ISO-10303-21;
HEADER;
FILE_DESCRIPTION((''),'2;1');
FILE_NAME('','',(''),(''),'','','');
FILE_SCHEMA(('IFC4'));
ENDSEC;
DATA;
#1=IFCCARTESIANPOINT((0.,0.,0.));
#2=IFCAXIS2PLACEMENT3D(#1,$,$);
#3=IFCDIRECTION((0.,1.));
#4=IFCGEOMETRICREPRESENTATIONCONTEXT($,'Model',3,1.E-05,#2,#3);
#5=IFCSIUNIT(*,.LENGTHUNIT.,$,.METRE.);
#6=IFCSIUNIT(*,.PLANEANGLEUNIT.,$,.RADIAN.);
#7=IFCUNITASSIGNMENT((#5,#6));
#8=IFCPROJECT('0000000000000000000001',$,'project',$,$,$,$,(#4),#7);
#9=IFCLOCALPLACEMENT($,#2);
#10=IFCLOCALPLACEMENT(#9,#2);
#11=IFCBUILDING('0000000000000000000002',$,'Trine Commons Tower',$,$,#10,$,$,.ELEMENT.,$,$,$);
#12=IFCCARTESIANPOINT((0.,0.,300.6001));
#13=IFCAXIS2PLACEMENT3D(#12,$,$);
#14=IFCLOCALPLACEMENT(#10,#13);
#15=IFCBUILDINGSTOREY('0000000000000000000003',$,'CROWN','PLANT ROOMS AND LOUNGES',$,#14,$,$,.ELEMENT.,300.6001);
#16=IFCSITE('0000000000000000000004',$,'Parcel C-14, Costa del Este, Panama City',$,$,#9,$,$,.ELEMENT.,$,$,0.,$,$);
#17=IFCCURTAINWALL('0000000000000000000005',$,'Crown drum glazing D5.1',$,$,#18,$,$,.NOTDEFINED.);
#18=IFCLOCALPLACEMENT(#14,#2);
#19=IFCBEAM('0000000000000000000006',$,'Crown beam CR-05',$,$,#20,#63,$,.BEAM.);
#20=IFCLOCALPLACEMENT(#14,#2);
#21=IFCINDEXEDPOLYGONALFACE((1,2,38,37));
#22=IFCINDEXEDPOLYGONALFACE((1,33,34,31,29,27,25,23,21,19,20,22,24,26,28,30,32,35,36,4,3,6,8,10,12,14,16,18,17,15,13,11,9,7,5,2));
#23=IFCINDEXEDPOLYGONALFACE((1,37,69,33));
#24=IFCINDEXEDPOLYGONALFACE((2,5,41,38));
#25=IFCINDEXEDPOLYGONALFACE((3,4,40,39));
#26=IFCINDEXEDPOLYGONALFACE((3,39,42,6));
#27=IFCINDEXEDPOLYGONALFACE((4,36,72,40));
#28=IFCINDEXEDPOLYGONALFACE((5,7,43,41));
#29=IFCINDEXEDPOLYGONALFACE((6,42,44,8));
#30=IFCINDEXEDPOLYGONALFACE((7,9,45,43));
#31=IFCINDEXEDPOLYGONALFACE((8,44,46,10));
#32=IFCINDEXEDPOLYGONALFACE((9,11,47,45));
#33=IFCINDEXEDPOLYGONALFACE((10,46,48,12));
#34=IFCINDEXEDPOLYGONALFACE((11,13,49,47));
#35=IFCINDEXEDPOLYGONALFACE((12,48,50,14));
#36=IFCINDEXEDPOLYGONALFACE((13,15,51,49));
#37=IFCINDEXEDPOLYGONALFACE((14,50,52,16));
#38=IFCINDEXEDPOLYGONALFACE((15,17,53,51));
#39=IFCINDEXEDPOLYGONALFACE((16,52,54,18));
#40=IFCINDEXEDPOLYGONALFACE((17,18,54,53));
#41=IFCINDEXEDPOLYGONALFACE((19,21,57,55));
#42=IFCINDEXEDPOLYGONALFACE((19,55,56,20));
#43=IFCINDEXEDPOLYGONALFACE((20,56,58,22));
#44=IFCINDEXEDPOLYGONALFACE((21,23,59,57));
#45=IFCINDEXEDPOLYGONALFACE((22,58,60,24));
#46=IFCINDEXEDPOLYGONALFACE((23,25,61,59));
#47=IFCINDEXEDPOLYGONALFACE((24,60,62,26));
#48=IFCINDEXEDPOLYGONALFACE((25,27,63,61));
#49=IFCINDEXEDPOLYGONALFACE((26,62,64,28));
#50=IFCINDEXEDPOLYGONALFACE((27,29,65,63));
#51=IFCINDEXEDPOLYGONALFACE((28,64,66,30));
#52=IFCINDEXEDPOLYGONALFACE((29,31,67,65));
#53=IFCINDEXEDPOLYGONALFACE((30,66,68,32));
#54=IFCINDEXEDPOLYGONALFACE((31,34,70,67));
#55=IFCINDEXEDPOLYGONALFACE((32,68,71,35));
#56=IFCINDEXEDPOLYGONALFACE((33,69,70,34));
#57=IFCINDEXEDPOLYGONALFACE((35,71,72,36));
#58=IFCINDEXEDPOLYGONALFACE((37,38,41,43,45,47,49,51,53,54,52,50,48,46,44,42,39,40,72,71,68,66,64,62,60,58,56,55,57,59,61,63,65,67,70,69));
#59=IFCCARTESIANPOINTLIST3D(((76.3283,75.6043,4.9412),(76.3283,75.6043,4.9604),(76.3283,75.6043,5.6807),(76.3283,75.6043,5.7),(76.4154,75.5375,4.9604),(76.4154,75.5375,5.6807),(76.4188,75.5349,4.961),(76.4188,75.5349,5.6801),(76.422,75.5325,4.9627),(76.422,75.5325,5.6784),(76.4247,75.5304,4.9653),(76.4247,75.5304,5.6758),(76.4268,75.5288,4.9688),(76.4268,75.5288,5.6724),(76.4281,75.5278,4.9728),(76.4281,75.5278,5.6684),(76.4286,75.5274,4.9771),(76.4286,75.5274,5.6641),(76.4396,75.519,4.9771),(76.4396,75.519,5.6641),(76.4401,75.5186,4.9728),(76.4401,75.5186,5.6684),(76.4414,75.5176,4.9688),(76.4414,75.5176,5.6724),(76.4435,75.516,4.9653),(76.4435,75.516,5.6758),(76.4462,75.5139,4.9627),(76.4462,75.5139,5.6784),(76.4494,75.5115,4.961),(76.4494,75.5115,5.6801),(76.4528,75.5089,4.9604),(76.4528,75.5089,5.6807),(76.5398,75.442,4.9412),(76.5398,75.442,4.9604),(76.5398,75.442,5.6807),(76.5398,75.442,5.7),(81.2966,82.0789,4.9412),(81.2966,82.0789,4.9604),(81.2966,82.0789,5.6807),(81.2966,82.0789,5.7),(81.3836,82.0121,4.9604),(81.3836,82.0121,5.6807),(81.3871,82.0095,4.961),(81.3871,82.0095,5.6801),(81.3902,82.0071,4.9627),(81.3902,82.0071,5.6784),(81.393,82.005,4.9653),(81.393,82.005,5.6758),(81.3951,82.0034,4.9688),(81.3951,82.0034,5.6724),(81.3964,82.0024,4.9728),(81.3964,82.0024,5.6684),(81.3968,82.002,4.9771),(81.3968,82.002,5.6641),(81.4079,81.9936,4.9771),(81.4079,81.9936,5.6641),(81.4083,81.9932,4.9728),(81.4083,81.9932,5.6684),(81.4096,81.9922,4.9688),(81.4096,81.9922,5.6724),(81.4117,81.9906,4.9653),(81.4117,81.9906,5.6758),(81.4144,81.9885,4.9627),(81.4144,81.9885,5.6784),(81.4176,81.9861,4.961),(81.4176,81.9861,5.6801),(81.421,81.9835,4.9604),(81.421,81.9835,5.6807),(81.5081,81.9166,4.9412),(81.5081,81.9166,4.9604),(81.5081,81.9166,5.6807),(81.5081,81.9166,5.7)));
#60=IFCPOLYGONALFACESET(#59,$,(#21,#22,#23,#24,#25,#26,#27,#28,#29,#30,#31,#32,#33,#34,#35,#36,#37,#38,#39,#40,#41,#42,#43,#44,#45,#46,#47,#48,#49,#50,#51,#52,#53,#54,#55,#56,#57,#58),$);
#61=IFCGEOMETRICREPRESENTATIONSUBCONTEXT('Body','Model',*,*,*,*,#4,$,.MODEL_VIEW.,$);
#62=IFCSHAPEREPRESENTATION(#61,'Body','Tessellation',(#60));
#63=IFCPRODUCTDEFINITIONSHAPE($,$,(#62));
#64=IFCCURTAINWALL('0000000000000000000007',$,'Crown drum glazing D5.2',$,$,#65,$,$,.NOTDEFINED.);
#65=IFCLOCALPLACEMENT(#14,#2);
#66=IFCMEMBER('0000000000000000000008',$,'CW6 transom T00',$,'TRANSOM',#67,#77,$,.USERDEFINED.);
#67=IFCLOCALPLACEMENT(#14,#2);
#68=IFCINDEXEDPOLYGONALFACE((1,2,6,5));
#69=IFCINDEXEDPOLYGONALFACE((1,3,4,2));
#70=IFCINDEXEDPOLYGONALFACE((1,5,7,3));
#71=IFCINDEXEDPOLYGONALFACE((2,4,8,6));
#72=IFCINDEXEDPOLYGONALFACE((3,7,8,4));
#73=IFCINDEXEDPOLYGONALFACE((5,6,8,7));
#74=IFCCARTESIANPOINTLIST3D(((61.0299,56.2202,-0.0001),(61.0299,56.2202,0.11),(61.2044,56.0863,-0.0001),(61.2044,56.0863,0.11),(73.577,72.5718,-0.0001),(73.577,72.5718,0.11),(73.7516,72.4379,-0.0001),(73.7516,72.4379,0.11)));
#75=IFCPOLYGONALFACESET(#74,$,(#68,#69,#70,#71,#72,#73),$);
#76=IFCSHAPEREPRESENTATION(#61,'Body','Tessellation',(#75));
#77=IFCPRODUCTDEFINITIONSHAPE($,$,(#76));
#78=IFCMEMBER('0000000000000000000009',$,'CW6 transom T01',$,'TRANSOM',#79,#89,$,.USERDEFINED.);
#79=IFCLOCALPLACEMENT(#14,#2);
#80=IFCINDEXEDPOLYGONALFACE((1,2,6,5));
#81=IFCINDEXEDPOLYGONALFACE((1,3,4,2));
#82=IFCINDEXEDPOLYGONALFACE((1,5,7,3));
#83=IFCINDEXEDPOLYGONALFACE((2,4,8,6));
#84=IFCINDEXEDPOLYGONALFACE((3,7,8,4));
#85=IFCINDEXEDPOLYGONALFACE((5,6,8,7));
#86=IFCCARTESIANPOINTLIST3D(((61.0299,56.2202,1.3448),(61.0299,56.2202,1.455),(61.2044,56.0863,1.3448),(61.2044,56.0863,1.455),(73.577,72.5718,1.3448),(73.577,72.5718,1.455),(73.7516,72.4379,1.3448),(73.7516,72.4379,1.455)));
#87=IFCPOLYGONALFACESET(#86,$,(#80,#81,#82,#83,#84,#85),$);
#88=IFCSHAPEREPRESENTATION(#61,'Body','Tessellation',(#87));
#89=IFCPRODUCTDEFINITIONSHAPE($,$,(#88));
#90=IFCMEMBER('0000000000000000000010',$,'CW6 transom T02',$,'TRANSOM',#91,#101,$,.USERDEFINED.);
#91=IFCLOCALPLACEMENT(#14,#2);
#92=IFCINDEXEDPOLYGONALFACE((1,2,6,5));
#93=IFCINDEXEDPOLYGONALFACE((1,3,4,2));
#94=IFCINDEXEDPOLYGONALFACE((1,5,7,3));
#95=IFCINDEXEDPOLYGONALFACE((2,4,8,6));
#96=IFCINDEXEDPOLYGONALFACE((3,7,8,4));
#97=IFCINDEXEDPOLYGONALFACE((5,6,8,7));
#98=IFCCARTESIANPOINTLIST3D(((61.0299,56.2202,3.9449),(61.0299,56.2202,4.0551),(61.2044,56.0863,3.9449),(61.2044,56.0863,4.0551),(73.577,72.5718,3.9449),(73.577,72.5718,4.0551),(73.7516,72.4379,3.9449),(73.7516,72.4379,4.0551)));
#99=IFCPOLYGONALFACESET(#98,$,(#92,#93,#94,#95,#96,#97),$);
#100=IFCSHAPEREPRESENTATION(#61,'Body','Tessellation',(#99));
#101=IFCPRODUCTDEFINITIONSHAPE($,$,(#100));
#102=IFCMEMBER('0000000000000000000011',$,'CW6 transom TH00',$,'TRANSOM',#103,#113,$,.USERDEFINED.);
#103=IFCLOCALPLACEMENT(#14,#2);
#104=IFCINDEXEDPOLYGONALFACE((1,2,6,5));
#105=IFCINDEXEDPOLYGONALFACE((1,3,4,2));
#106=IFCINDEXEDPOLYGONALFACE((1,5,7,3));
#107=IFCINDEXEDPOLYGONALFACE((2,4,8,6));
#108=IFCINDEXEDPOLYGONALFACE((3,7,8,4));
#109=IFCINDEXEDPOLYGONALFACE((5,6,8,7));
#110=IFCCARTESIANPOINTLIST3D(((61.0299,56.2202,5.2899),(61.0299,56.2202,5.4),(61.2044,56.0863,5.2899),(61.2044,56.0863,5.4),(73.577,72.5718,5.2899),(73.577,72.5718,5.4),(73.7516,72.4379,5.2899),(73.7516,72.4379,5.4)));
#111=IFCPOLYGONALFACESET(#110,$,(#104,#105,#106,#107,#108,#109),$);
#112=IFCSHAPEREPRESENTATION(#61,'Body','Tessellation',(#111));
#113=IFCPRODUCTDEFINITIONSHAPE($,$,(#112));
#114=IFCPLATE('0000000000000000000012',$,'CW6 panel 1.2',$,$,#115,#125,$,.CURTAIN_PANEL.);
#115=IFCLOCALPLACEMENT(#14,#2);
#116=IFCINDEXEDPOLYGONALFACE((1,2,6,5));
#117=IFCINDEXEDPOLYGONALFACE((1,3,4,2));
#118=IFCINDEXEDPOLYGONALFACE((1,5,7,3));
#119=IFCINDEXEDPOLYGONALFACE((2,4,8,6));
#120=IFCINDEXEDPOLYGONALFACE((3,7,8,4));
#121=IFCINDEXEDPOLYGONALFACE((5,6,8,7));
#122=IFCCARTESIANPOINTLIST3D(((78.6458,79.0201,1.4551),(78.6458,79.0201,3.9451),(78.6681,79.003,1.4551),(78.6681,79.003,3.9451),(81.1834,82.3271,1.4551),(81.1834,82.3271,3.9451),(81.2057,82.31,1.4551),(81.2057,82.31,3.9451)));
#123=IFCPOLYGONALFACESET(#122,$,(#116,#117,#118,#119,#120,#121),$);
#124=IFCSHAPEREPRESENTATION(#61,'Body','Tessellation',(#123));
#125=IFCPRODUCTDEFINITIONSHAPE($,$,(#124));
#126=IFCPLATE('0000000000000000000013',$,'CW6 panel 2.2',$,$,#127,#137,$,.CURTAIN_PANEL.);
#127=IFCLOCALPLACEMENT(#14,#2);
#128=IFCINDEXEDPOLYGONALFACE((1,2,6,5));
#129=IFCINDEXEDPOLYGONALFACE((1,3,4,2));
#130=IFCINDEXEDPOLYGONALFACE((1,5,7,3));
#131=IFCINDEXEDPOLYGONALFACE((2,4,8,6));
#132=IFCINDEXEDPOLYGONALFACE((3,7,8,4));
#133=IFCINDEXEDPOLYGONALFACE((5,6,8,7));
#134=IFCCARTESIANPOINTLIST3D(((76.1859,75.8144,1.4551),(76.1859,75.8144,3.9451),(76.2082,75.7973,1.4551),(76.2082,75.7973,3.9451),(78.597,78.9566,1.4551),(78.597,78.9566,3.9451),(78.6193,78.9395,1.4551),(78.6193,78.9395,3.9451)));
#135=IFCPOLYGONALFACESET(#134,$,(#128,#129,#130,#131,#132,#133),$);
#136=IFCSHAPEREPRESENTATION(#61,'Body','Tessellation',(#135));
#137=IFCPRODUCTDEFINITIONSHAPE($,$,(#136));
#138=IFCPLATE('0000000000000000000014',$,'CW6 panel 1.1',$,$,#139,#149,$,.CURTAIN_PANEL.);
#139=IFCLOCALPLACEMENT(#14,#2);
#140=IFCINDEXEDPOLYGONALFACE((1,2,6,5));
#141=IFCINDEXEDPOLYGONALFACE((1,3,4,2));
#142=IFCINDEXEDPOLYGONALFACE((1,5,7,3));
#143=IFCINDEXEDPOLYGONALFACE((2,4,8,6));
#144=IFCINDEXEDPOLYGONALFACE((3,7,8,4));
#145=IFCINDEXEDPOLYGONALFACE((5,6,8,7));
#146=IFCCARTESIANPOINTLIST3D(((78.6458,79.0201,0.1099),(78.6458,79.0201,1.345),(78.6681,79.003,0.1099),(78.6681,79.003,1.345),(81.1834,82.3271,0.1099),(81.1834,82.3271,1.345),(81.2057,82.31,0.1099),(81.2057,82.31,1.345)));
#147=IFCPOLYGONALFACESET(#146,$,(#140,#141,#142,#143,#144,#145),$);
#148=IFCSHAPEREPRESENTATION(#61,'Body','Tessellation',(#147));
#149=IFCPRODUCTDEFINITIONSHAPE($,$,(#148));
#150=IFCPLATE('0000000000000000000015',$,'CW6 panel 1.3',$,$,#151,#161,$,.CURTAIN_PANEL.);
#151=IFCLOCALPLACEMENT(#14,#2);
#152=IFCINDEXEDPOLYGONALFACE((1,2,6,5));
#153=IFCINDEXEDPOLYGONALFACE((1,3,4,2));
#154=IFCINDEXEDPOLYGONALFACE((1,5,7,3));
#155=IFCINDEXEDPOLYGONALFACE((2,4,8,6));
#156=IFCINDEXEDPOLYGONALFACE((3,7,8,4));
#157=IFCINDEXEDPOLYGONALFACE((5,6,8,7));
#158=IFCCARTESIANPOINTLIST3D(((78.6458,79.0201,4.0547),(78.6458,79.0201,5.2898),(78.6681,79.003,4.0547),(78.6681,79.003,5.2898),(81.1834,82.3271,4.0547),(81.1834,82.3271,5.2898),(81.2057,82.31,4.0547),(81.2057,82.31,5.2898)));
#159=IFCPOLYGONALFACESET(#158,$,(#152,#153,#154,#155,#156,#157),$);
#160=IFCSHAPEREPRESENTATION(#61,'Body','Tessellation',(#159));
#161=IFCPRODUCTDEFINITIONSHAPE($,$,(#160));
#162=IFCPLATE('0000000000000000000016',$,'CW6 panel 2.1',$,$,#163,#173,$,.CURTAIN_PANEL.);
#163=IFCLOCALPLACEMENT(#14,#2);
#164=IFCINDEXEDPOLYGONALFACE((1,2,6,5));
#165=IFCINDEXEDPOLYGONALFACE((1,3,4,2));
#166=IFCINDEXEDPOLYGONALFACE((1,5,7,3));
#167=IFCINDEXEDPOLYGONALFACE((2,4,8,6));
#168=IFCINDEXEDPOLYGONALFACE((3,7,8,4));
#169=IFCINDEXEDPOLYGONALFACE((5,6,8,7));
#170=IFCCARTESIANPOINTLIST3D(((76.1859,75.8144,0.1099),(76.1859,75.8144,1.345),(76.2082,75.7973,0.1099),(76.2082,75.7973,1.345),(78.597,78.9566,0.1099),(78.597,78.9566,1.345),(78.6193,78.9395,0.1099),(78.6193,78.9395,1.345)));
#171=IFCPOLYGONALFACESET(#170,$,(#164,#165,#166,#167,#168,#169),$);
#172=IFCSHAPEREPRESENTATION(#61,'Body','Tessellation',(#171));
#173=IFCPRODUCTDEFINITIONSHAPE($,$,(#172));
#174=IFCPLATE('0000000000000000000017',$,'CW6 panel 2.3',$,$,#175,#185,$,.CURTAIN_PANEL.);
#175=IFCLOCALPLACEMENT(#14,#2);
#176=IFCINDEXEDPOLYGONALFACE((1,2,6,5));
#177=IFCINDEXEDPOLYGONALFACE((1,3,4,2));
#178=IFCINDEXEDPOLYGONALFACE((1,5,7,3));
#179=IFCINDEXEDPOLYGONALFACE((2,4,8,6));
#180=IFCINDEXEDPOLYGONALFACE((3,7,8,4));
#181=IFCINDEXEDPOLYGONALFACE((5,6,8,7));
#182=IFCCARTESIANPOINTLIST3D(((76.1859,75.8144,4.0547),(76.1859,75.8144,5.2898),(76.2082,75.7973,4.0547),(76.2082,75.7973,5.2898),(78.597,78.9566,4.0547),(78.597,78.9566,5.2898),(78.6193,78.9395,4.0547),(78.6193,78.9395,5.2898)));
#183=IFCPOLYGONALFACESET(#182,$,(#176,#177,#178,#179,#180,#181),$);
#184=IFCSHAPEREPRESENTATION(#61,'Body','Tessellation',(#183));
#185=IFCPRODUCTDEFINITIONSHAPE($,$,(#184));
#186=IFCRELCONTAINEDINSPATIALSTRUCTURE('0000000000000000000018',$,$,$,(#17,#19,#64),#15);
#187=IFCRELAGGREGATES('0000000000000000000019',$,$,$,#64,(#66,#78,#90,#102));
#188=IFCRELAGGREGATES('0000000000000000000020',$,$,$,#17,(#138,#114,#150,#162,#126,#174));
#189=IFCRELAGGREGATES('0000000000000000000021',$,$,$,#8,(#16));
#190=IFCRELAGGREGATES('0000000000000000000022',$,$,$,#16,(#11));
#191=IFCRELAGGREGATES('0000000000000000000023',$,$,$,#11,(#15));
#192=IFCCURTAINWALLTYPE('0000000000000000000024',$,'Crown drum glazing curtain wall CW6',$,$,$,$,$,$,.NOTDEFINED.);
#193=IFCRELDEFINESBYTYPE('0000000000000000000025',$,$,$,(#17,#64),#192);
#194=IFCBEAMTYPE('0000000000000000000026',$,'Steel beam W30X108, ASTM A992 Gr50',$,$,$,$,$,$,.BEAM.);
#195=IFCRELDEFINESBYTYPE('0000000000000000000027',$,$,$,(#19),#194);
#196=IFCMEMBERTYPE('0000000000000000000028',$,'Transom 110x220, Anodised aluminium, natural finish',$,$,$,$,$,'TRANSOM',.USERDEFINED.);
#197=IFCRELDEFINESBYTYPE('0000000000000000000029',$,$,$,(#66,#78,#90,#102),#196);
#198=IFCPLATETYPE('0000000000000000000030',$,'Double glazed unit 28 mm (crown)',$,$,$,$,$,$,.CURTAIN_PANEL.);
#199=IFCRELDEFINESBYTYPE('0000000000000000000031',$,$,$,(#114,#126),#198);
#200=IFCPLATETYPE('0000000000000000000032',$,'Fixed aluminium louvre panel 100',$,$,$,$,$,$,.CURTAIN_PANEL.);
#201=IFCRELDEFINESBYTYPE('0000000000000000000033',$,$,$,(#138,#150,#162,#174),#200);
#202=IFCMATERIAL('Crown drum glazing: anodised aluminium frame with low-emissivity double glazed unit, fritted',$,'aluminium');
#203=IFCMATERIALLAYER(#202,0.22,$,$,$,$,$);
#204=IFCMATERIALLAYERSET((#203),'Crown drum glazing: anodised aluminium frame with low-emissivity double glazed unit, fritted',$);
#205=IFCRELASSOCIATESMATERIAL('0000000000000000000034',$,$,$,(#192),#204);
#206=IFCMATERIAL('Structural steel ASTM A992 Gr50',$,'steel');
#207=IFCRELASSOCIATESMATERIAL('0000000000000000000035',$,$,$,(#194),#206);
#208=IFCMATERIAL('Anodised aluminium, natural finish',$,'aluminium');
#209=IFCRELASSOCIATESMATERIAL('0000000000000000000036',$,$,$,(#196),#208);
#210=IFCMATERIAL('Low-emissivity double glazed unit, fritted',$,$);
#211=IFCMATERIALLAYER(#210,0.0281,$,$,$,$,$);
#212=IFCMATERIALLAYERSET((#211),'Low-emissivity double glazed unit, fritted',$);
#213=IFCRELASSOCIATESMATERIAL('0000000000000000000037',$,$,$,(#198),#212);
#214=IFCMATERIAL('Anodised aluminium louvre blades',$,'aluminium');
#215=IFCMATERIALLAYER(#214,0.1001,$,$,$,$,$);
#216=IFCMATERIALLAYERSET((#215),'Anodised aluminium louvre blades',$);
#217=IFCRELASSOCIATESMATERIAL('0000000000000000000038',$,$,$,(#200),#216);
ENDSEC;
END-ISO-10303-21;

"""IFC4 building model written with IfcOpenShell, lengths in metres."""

from ifc_helpers import new_model, si_unit, direction, frame, origin, origin_2d, place, context, subcontext, project, spatial, rectangle, i_section, extrude, material, layer, layer_set, material_profile, profile_set, type_object, element, aggregate, save


model = new_model("IFC4")

# Units and contexts
model_context = context("Model", 3, precision=1e-05, world=origin(), true_north=direction((0.0, 1.0)))
body_context = subcontext(model_context, "Body", "Model", "MODEL_VIEW")
ifc_project = project(units=[si_unit("LENGTHUNIT", "METRE"), si_unit("PLANEANGLEUNIT", "RADIAN")], contexts=[model_context])

# Site, building, storey
site_placement = place(None, origin())
site = spatial("IfcSite", under=ifc_project, at=site_placement, Name="Parcel C-14, Costa del Este, Panama City", CompositionType="ELEMENT", RefElevation=0.0)
building_placement = place(site_placement, origin())
building = spatial("IfcBuilding", under=site, at=building_placement, Name="Trine Commons Tower", CompositionType="ELEMENT")
storey_placement = place(building_placement, frame((0.0, 0.0, 300.6001)))
storey = spatial("IfcBuildingStorey", under=building, at=storey_placement, Name="CROWN", Description="PLANT ROOMS AND LOUNGES", CompositionType="ELEMENT", Elevation=300.6001)

# Shared definitions
ifc_material_1 = material(Name="Structural steel ASTM A992 Gr50", Category="steel")

# Curtain wall
ifc_material_2 = material(Name="Crown drum glazing: anodised aluminium frame with low-emissivity double glazed unit, fritted", Category="aluminium")
ifc_layer_1 = layer(ifc_material_2, 0.22)
ifc_layer_set_1 = layer_set([ifc_layer_1], Name="Crown drum glazing: anodised aluminium frame with low-emissivity double glazed unit, fritted")
curtain_wall_type = type_object("IfcCurtainWallType", Name="Crown drum glazing curtain wall CW6", PredefinedType="NOTDEFINED", material=ifc_layer_set_1)
curtain_wall_1_placement = place(storey_placement, origin())
curtain_wall_1 = element("IfcCurtainWall", 1, at=curtain_wall_1_placement, inside=storey, type_object=curtain_wall_type, Name="Crown drum glazing D5.1", PredefinedType="NOTDEFINED")
ifc_material_3 = material(Name="Anodised aluminium, natural finish", Category="aluminium")

# Beam
ifc_material_profile_1 = material_profile(ifc_material_1, i_section(OverallWidth=0.2666, OverallDepth=0.7588, WebThickness=0.0139, FlangeThickness=0.0193, FilletRadius=0.0166, at=origin_2d()), Name="W30X108")
ifc_profile_set_1 = profile_set([ifc_material_profile_1], Name="Structural steel ASTM A992 Gr50")
beam_type_1 = type_object("IfcBeamType", Name="Steel beam W30X108, ASTM A992 Gr50", PredefinedType="BEAM", material=ifc_profile_set_1)
beam_1_placement = place(storey_placement, frame((76.4341, 75.5232, 5.3206), z_axis=(0.608771, 0.793346, 0.0), x_axis=(-0.793346, 0.608771, 0.0)))
element("IfcBeam", 2, at=beam_1_placement, inside=storey, type_object=beam_type_1, Name="Crown beam CR-05", PredefinedType="BEAM", context=body_context, shape_type="SweptSolid", body=[
    extrude(i_section(OverallWidth=0.2666, OverallDepth=0.7588, WebThickness=0.0139, FlangeThickness=0.0193, FilletRadius=0.0166, at=origin_2d()), origin(), (0.0, 0.0, 1.0), 8.1611),
])

# Curtain wall, members
curtain_wall_2_placement = place(storey_placement, origin())
curtain_wall_2 = element("IfcCurtainWall", 3, at=curtain_wall_2_placement, inside=storey, type_object=curtain_wall_type, Name="Crown drum glazing D5.2", PredefinedType="NOTDEFINED")
ifc_material_profile_2 = material_profile(ifc_material_3, rectangle(XDim=0.22, YDim=0.1101, at=origin_2d()), Name="Transom 110x220")
ifc_profile_set_2 = profile_set([ifc_material_profile_2], Name="Anodised aluminium, natural finish")
member_type_1 = type_object("IfcMemberType", Name="Transom 110x220, Anodised aluminium, natural finish", ElementType="TRANSOM", PredefinedType="USERDEFINED", material=ifc_profile_set_2)
member_1_placement = place(storey_placement, frame((73.6643, 72.5049, 0.0549), z_axis=(-0.608765, -0.79335, 0.0), x_axis=(0.79335, -0.608765, 0.0)))
member_1 = element("IfcMember", 4, at=member_1_placement, type_object=member_type_1, Name="CW6 transom T00", ObjectType="TRANSOM", PredefinedType="USERDEFINED", context=body_context, shape_type="SweptSolid", body=[
    extrude(rectangle(XDim=0.22, YDim=0.1101, at=origin_2d()), origin(), (0.0, 0.0, 1.0), 20.6108),
])
member_2_placement = place(storey_placement, frame((73.6643, 72.5049, 1.3999), z_axis=(-0.608765, -0.79335, 0.0), x_axis=(0.79335, -0.608765, 0.0)))
member_2 = element("IfcMember", 5, at=member_2_placement, type_object=member_type_1, Name="CW6 transom T01", ObjectType="TRANSOM", PredefinedType="USERDEFINED", context=body_context, shape_type="SweptSolid", body=[
    extrude(rectangle(XDim=0.22, YDim=0.1101, at=origin_2d()), origin(), (0.0, 0.0, 1.0), 20.6108),
])
member_3_placement = place(storey_placement, frame((73.6643, 72.5049, 4.0), z_axis=(-0.608765, -0.79335, 0.0), x_axis=(0.79335, -0.608765, 0.0)))
member_3 = element("IfcMember", 6, at=member_3_placement, type_object=member_type_1, Name="CW6 transom T02", ObjectType="TRANSOM", PredefinedType="USERDEFINED", context=body_context, shape_type="SweptSolid", body=[
    extrude(rectangle(XDim=0.22, YDim=0.1101, at=origin_2d()), origin(), (0.0, 0.0, 1.0), 20.6108),
])
member_4_placement = place(storey_placement, frame((73.6643, 72.5049, 5.345), z_axis=(-0.608765, -0.79335, 0.0), x_axis=(0.79335, -0.608765, 0.0)))
member_4 = element("IfcMember", 7, at=member_4_placement, type_object=member_type_1, Name="CW6 transom TH00", ObjectType="TRANSOM", PredefinedType="USERDEFINED", context=body_context, shape_type="SweptSolid", body=[
    extrude(rectangle(XDim=0.22, YDim=0.1101, at=origin_2d()), origin(), (0.0, 0.0, 1.0), 20.6108),
])
aggregate(curtain_wall_2, [member_1, member_2, member_3, member_4])

# Plates
ifc_material_4 = material(Name="Low-emissivity double glazed unit, fritted")
ifc_layer_2 = layer(ifc_material_4, 0.0281)
ifc_layer_set_2 = layer_set([ifc_layer_2], Name="Low-emissivity double glazed unit, fritted")
plate_type_1 = type_object("IfcPlateType", Name="Double glazed unit 28 mm (crown)", PredefinedType="CURTAIN_PANEL", material=ifc_layer_set_2)
plate_1_placement = place(storey_placement, frame((79.9258, 80.665, 1.4551), z_axis=(0.0, 0.0, 1.0), x_axis=(-0.608761, -0.793353, 0.0)))
plate_1 = element("IfcPlate", 8, at=plate_1_placement, type_object=plate_type_1, Name="CW6 panel 1.2", PredefinedType="CURTAIN_PANEL", context=body_context, shape_type="SweptSolid", body=[
    extrude(rectangle(XDim=4.1685, YDim=0.0281, at=origin_2d()), origin(), (0.0, 0.0, 1.0), 2.49),
])
plate_2_placement = place(storey_placement, frame((77.4026, 77.377, 1.4551), z_axis=(0.0, 0.0, 1.0), x_axis=(-0.608761, -0.793353, 0.0)))
plate_2 = element("IfcPlate", 9, at=plate_2_placement, type_object=plate_type_1, Name="CW6 panel 2.2", PredefinedType="CURTAIN_PANEL", context=body_context, shape_type="SweptSolid", body=[
    extrude(rectangle(XDim=3.9607, YDim=0.0281, at=origin_2d()), origin(), (0.0, 0.0, 1.0), 2.49),
])
ifc_material_5 = material(Name="Anodised aluminium louvre blades", Category="aluminium")
ifc_layer_3 = layer(ifc_material_5, 0.1001)
ifc_layer_set_3 = layer_set([ifc_layer_3], Name="Anodised aluminium louvre blades")
plate_type_2 = type_object("IfcPlateType", Name="Fixed aluminium louvre panel 100", PredefinedType="CURTAIN_PANEL", material=ifc_layer_set_3)
plate_3_placement = place(storey_placement, frame((79.9258, 80.665, 0.1099), z_axis=(0.0, 0.0, 1.0), x_axis=(-0.608761, -0.793353, 0.0)))
plate_3 = element("IfcPlate", 10, at=plate_3_placement, type_object=plate_type_2, Name="CW6 panel 1.1", PredefinedType="CURTAIN_PANEL", context=body_context, shape_type="SweptSolid", body=[
    extrude(rectangle(XDim=4.1685, YDim=0.0281, at=origin_2d()), origin(), (0.0, 0.0, 1.0), 1.2351),
])
plate_4_placement = place(storey_placement, frame((79.9258, 80.665, 4.0547), z_axis=(0.0, 0.0, 1.0), x_axis=(-0.608761, -0.793353, 0.0)))
plate_4 = element("IfcPlate", 11, at=plate_4_placement, type_object=plate_type_2, Name="CW6 panel 1.3", PredefinedType="CURTAIN_PANEL", context=body_context, shape_type="SweptSolid", body=[
    extrude(rectangle(XDim=4.1685, YDim=0.0281, at=origin_2d()), origin(), (0.0, 0.0, 1.0), 1.2351),
])
plate_5_placement = place(storey_placement, frame((77.4026, 77.377, 0.1099), z_axis=(0.0, 0.0, 1.0), x_axis=(-0.608761, -0.793353, 0.0)))
plate_5 = element("IfcPlate", 12, at=plate_5_placement, type_object=plate_type_2, Name="CW6 panel 2.1", PredefinedType="CURTAIN_PANEL", context=body_context, shape_type="SweptSolid", body=[
    extrude(rectangle(XDim=3.9607, YDim=0.0281, at=origin_2d()), origin(), (0.0, 0.0, 1.0), 1.2351),
])
plate_6_placement = place(storey_placement, frame((77.4026, 77.377, 4.0547), z_axis=(0.0, 0.0, 1.0), x_axis=(-0.608761, -0.793353, 0.0)))
plate_6 = element("IfcPlate", 13, at=plate_6_placement, type_object=plate_type_2, Name="CW6 panel 2.3", PredefinedType="CURTAIN_PANEL", context=body_context, shape_type="SweptSolid", body=[
    extrude(rectangle(XDim=3.9607, YDim=0.0281, at=origin_2d()), origin(), (0.0, 0.0, 1.0), 1.2351),
])
aggregate(curtain_wall_1, [plate_3, plate_1, plate_4, plate_5, plate_2, plate_6])

save(model, "model.ifc")
